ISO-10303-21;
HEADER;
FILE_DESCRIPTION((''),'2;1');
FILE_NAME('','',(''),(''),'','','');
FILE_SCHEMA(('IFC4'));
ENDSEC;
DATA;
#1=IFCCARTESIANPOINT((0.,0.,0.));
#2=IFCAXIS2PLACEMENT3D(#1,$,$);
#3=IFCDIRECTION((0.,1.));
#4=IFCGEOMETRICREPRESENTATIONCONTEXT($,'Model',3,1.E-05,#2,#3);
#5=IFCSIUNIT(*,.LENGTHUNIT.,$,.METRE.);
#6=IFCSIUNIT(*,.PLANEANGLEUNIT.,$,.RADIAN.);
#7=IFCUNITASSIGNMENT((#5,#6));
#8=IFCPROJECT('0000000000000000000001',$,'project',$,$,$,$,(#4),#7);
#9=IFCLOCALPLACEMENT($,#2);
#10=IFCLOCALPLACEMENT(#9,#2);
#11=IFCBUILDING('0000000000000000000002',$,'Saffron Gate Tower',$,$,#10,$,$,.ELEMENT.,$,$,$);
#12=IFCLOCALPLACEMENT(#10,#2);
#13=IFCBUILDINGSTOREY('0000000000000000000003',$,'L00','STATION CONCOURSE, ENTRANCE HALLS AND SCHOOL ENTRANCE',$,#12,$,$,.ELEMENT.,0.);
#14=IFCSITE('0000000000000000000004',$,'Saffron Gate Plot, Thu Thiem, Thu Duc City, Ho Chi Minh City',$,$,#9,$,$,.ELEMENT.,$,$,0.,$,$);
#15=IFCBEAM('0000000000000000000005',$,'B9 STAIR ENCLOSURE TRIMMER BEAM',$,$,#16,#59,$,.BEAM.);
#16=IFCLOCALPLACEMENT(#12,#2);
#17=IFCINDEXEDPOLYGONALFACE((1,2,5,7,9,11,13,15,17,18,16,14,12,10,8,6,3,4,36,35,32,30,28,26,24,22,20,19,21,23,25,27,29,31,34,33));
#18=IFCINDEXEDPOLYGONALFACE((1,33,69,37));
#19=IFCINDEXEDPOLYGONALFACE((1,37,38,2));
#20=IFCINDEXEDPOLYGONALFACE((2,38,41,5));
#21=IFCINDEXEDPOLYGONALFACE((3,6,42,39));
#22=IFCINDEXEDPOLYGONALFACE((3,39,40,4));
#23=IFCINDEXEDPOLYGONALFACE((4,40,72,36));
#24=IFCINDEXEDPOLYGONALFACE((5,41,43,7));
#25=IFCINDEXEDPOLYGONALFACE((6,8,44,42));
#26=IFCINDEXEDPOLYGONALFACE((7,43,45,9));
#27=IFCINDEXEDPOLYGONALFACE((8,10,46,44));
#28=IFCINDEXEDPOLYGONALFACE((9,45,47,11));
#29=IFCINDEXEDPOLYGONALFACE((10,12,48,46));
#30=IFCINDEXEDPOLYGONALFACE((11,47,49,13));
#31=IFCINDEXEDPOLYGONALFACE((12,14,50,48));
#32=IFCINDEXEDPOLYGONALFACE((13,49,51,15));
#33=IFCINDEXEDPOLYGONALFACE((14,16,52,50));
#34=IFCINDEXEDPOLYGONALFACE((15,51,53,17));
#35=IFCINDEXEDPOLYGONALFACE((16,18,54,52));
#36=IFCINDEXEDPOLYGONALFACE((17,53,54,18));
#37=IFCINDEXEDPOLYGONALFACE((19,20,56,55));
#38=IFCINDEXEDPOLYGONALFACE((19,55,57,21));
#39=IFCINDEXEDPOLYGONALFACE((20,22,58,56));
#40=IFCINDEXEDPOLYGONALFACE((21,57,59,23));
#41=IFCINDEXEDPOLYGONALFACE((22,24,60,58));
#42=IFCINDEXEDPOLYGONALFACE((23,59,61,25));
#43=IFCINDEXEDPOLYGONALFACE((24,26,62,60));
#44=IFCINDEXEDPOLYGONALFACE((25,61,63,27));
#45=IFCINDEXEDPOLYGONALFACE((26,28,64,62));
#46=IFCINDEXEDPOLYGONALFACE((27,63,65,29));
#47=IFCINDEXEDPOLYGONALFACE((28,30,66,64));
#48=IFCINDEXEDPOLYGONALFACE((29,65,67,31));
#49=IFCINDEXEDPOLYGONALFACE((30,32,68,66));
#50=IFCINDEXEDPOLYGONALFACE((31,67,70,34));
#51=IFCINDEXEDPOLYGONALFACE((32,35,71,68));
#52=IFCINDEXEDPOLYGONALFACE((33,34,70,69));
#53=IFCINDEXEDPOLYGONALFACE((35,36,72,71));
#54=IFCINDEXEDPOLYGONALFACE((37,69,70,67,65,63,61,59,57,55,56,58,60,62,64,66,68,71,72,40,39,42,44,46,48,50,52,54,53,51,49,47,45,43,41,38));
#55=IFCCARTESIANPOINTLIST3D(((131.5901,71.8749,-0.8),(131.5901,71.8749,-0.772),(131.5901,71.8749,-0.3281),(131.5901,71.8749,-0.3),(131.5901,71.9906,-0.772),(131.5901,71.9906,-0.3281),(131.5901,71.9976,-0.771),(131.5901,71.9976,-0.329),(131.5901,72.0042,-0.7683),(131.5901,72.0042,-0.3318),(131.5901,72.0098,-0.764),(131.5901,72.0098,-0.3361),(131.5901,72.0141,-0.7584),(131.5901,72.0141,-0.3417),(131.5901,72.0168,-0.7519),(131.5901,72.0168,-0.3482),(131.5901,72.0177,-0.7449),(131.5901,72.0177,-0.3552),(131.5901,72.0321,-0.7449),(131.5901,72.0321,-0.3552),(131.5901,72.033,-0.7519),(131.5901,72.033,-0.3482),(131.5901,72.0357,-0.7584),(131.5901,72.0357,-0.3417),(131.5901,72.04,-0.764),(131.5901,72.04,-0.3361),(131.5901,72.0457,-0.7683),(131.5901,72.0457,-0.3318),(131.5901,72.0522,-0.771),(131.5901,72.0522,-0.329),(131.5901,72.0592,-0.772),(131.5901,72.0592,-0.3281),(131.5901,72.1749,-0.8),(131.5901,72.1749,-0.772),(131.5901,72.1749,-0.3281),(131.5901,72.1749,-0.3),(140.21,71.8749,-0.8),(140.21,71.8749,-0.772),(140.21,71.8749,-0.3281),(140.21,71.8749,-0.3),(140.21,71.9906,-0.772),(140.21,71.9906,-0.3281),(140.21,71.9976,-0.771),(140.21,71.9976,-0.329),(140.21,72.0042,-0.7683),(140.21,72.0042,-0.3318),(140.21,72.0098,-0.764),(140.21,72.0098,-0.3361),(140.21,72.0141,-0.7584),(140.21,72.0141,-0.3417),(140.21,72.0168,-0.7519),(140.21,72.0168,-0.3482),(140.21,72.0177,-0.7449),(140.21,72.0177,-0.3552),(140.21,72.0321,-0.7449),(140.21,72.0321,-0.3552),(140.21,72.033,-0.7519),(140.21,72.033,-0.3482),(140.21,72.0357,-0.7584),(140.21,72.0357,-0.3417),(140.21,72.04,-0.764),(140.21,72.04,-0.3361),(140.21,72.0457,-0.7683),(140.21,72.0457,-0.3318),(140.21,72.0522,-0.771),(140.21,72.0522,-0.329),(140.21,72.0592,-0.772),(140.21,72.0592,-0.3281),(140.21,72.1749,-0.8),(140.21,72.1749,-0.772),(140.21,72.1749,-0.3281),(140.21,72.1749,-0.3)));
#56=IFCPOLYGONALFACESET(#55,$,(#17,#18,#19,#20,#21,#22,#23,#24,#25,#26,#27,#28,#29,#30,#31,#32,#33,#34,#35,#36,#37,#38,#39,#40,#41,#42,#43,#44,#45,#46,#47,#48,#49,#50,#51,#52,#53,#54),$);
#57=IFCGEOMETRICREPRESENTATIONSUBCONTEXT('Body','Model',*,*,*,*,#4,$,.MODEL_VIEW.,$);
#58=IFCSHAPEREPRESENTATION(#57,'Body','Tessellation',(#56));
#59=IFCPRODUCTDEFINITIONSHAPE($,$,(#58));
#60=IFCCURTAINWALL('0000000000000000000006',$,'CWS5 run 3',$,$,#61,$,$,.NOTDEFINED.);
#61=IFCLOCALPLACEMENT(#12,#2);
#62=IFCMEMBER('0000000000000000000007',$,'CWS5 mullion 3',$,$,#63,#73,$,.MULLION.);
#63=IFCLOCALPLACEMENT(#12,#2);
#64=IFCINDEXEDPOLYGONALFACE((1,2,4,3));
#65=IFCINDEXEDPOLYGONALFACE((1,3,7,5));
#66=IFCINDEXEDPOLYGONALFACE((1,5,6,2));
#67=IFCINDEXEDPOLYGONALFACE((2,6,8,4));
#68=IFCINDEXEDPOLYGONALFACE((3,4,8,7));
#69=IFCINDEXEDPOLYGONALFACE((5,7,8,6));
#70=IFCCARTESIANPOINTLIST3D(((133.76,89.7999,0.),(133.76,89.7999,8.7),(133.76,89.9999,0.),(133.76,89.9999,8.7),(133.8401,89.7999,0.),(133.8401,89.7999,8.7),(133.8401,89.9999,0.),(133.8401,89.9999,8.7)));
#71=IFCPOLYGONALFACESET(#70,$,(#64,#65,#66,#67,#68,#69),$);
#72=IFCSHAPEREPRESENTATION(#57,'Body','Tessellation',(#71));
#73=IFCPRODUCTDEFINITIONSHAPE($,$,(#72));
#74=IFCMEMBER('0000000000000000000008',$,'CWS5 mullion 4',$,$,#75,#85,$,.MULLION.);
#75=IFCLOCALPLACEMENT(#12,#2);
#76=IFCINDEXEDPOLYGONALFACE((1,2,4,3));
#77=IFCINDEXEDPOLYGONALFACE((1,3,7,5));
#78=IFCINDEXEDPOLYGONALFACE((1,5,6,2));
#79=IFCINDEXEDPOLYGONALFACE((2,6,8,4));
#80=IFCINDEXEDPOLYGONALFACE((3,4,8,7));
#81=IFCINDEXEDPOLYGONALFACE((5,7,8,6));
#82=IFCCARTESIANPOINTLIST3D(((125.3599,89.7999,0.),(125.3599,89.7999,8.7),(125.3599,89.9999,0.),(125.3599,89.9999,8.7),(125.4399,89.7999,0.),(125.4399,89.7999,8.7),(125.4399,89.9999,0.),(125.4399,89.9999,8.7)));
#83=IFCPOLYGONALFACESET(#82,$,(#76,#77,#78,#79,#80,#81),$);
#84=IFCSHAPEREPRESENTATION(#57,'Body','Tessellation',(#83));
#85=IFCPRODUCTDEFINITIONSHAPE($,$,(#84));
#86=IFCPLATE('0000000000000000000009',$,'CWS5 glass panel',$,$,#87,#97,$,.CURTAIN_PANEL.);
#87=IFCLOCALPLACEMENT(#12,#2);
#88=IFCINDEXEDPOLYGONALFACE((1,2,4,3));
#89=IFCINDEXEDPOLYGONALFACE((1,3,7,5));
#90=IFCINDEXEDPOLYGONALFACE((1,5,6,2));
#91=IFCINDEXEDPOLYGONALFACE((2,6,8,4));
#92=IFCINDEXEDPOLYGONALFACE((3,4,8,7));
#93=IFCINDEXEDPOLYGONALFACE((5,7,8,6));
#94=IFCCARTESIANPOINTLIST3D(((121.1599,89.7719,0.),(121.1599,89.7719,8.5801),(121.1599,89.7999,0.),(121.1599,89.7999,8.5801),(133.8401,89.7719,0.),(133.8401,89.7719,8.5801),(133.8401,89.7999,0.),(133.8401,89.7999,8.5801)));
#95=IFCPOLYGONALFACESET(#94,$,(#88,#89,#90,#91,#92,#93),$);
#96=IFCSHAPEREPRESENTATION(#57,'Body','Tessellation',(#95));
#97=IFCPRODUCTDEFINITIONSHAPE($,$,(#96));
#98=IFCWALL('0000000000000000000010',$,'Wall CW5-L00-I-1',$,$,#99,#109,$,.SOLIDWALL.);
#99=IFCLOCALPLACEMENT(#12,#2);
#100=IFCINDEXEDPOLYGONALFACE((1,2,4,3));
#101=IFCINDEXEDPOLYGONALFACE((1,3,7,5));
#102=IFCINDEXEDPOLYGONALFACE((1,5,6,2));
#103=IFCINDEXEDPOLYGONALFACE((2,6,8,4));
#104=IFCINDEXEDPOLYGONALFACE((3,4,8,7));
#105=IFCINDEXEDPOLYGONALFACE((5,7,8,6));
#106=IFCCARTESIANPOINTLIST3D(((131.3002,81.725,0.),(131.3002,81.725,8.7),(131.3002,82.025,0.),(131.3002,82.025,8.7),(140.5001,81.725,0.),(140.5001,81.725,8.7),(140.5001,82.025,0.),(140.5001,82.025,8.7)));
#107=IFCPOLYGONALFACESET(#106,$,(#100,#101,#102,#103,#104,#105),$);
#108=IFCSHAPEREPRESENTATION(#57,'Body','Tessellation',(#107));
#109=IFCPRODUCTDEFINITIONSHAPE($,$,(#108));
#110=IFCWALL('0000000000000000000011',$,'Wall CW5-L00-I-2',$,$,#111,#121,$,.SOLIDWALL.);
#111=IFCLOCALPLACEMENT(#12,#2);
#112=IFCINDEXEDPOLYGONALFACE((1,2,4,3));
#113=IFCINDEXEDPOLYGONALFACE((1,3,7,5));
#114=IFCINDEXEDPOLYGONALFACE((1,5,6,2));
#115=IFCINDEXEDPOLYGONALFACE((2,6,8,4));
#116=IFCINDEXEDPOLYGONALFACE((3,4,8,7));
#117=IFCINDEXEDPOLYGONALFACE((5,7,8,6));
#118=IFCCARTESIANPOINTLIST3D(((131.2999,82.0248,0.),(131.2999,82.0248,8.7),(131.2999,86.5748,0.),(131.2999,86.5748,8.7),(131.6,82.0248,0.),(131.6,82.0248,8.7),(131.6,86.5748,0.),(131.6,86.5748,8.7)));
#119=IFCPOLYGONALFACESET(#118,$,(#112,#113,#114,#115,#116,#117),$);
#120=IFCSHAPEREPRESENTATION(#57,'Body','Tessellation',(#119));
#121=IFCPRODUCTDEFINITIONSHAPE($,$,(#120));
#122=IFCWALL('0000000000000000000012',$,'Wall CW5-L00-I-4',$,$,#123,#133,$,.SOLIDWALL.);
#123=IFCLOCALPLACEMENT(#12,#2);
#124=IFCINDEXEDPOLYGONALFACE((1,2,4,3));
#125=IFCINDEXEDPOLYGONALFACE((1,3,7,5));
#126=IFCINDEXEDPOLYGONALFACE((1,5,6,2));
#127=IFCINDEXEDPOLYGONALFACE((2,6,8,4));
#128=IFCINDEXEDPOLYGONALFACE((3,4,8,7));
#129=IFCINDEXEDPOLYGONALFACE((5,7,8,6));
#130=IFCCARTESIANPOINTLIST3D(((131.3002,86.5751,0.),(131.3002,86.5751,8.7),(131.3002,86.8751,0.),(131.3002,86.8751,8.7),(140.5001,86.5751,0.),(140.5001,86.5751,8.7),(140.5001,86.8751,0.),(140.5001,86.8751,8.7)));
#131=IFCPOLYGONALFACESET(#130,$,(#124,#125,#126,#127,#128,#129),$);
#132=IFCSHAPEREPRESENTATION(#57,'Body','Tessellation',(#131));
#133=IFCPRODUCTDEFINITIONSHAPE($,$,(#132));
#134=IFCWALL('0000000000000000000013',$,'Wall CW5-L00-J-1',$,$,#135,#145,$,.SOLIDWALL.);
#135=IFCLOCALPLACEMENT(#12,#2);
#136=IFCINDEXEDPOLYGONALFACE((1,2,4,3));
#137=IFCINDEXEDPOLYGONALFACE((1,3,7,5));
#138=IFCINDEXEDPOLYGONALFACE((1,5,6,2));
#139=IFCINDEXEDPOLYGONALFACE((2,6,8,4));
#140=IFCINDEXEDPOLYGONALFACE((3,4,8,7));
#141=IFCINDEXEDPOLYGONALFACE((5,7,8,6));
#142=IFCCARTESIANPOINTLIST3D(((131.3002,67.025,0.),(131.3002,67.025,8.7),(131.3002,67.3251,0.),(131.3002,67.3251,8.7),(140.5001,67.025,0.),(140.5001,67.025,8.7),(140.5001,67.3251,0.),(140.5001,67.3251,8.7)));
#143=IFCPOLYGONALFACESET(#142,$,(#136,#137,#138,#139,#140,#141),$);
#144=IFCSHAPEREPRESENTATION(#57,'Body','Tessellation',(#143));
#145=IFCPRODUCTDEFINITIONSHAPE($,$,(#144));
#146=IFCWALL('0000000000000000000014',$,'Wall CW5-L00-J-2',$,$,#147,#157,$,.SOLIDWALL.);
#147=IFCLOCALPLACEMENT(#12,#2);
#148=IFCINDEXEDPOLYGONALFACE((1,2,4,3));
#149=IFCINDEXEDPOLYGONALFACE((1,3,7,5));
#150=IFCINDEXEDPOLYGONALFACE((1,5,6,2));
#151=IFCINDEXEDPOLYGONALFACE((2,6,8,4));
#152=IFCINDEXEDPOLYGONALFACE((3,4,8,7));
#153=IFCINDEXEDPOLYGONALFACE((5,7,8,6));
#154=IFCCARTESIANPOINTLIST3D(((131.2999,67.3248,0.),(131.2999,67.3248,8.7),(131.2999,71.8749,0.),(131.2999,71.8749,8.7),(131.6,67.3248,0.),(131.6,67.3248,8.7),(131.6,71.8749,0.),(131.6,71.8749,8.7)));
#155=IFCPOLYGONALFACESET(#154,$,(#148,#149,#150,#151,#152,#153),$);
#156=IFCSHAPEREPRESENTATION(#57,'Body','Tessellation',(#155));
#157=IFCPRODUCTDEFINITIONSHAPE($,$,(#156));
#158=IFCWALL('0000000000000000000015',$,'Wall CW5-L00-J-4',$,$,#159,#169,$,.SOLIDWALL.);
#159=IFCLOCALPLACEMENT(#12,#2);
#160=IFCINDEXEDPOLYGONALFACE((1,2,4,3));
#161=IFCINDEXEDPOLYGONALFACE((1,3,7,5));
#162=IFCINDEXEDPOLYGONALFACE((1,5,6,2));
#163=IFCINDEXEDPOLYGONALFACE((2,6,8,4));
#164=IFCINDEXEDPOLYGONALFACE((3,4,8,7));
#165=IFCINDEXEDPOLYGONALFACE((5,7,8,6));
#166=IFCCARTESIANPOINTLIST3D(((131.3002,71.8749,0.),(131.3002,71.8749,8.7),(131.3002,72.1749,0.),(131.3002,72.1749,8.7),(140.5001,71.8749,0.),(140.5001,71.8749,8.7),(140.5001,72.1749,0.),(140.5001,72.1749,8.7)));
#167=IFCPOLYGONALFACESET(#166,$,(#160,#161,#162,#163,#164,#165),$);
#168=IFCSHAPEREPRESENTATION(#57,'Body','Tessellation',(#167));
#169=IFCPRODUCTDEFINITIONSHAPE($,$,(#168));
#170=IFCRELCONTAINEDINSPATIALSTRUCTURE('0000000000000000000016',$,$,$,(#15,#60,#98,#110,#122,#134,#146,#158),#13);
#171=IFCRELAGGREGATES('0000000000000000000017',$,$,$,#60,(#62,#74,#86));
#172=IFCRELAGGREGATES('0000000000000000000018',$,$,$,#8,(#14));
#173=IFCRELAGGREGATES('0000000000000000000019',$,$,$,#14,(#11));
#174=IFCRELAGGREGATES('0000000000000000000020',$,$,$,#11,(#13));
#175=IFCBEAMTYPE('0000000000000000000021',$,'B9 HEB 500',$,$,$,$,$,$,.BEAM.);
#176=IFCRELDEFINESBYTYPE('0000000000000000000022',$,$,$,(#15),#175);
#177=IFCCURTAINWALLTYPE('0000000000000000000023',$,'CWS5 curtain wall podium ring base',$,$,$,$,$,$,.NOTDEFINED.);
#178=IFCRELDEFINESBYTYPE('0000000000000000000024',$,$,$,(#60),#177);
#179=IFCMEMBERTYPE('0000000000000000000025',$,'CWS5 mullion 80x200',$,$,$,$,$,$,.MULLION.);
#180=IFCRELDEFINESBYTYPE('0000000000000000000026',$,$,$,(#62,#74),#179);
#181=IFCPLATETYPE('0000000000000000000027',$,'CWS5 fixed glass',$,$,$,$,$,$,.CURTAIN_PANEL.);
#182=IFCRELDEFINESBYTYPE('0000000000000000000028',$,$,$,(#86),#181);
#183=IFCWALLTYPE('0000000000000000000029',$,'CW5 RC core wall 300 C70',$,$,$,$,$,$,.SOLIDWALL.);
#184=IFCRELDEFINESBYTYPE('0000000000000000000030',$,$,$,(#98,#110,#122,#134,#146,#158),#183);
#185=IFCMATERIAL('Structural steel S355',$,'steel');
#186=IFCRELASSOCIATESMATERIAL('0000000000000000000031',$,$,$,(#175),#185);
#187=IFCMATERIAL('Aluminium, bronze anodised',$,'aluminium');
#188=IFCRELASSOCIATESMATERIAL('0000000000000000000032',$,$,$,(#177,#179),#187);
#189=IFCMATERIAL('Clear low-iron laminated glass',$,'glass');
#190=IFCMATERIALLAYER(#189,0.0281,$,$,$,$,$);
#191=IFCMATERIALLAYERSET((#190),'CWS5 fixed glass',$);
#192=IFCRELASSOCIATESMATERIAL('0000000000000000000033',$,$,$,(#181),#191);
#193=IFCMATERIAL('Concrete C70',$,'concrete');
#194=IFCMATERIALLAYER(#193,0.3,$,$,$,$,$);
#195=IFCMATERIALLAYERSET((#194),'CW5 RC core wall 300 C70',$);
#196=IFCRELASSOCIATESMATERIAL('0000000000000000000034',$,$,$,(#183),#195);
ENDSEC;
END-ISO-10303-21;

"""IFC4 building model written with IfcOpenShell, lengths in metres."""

from ifc_helpers import new_model, si_unit, direction, frame, frame_2d, origin, origin_2d, place, context, subcontext, project, spatial, rectangle, i_section, extrude, material, layer, layer_set, material_profile, profile_set, type_object, element, aggregate, save


model = new_model("IFC4")

# Units and contexts
model_context = context("Model", 3, precision=1e-05, world=origin(), true_north=direction((0.0, 1.0)))
body_context = subcontext(model_context, "Body", "Model", "MODEL_VIEW")
ifc_project = project(units=[si_unit("LENGTHUNIT", "METRE"), si_unit("PLANEANGLEUNIT", "RADIAN")], contexts=[model_context])

# Site, building, storey
site_placement = place(None, origin())
site = spatial("IfcSite", under=ifc_project, at=site_placement, Name="Saffron Gate Plot, Thu Thiem, Thu Duc City, Ho Chi Minh City", CompositionType="ELEMENT", RefElevation=0.0)
building_placement = place(site_placement, origin())
building = spatial("IfcBuilding", under=site, at=building_placement, Name="Saffron Gate Tower", CompositionType="ELEMENT")
storey_placement = place(building_placement, origin())
storey = spatial("IfcBuildingStorey", under=building, at=storey_placement, Name="L00", Description="STATION CONCOURSE, ENTRANCE HALLS AND SCHOOL ENTRANCE", CompositionType="ELEMENT", Elevation=0.0)

# Beam
ifc_material_1 = material(Name="Structural steel S355", Category="steel")
ifc_material_profile_1 = material_profile(ifc_material_1, i_section(OverallWidth=0.3, OverallDepth=0.5, WebThickness=0.0144, FlangeThickness=0.0281, FilletRadius=0.0271, at=origin_2d()))
ifc_profile_set_1 = profile_set([ifc_material_profile_1], Name="Structural steel S355")
beam_type_1 = type_object("IfcBeamType", Name="B9 HEB 500", PredefinedType="BEAM", material=ifc_profile_set_1)
for number, where, z_axis, x_axis, name in (
    (1, (131.5901, 72.0249, -0.55), (1.0, 0.0, 0.0), (0.0, 1.0, 0.0), "B9 STAIR ENCLOSURE TRIMMER BEAM"),
):
    element("IfcBeam", number, at=place(storey_placement, frame(where, z_axis=z_axis, x_axis=x_axis)), inside=storey, type_object=beam_type_1, Name=name, PredefinedType="BEAM", context=body_context, shape_type="SweptSolid", body=[
        extrude(i_section(OverallWidth=0.3, OverallDepth=0.5, WebThickness=0.0144, FlangeThickness=0.0281, FilletRadius=0.0271, at=origin_2d()), origin(), (0.0, 0.0, 1.0), 8.6199),
    ])

# Curtain wall, members, plate
ifc_material_2 = material(Name="Aluminium, bronze anodised", Category="aluminium")
curtain_wall_type = type_object("IfcCurtainWallType", Name="CWS5 curtain wall podium ring base", PredefinedType="NOTDEFINED", material=ifc_material_2)
curtain_wall_placement = place(storey_placement, origin())
curtain_wall = element("IfcCurtainWall", 2, at=curtain_wall_placement, inside=storey, type_object=curtain_wall_type, Name="CWS5 run 3", PredefinedType="NOTDEFINED")
ifc_material_profile_2 = material_profile(ifc_material_2, rectangle(XDim=0.2, YDim=0.0801, at=origin_2d()))
ifc_profile_set_2 = profile_set([ifc_material_profile_2], Name="Aluminium, bronze anodised")
member_type = type_object("IfcMemberType", Name="CWS5 mullion 80x200", PredefinedType="MULLION", material=ifc_profile_set_2)
member_1_placement = place(storey_placement, frame((133.8, 89.8999, 0.0), z_axis=(0.0, 0.0, 1.0), x_axis=(0.0, -1.0, 0.0)))
member_1 = element("IfcMember", 3, at=member_1_placement, type_object=member_type, Name="CWS5 mullion 3", PredefinedType="MULLION", context=body_context, shape_type="SweptSolid", body=[
    extrude(rectangle(XDim=0.2, YDim=0.0801, at=origin_2d()), origin(), (0.0, 0.0, 1.0), 8.7),
])
member_2_placement = place(storey_placement, frame((125.3999, 89.8999, 0.0), z_axis=(0.0, 0.0, 1.0), x_axis=(0.0, -1.0, 0.0)))
member_2 = element("IfcMember", 4, at=member_2_placement, type_object=member_type, Name="CWS5 mullion 4", PredefinedType="MULLION", context=body_context, shape_type="SweptSolid", body=[
    extrude(rectangle(XDim=0.2, YDim=0.0801, at=origin_2d()), origin(), (0.0, 0.0, 1.0), 8.7),
])
ifc_material_3 = material(Name="Clear low-iron laminated glass", Category="glass")
ifc_layer_1 = layer(ifc_material_3, 0.0281)
ifc_layer_set_1 = layer_set([ifc_layer_1], Name="CWS5 fixed glass")
plate_type = type_object("IfcPlateType", Name="CWS5 fixed glass", PredefinedType="CURTAIN_PANEL", material=ifc_layer_set_1)
plate_placement = place(storey_placement, frame((133.8401, 89.7859, 0.0), z_axis=(0.0, 0.0, 1.0), x_axis=(-1.0, 0.0, 0.0)))
plate = element("IfcPlate", 5, at=plate_placement, type_object=plate_type, Name="CWS5 glass panel", PredefinedType="CURTAIN_PANEL", context=body_context, shape_type="SweptSolid", body=[
    extrude(rectangle(XDim=12.6802, YDim=0.0281, at=frame_2d((6.3401, 0.0))), origin(), (0.0, 0.0, 1.0), 8.5801),
])
aggregate(curtain_wall, [member_1, member_2, plate])

# Walls
ifc_material_4 = material(Name="Concrete C70", Category="concrete")
ifc_layer_2 = layer(ifc_material_4, 0.3)
ifc_layer_set_2 = layer_set([ifc_layer_2], Name="CW5 RC core wall 300 C70")
wall_type_1 = type_object("IfcWallType", Name="CW5 RC core wall 300 C70", PredefinedType="SOLIDWALL", material=ifc_layer_set_2)
wall_1_placement = place(storey_placement, frame((131.3, 81.875, 0.0), z_axis=(0.0, 0.0, 1.0), x_axis=(1.0, 0.0, 0.0)))
element("IfcWall", 6, at=wall_1_placement, inside=storey, type_object=wall_type_1, Name="Wall CW5-L00-I-1", PredefinedType="SOLIDWALL", context=body_context, shape_type="SweptSolid", body=[
    extrude(rectangle(XDim=9.2, YDim=0.3, at=frame_2d((4.6001, 0.0))), origin(), (0.0, 0.0, 1.0), 8.7),
])
wall_2_placement = place(storey_placement, frame((131.45, 82.0249, 0.0), z_axis=(0.0, 0.0, 1.0), x_axis=(0.0, 1.0, 0.0)))
element("IfcWall", 7, at=wall_2_placement, inside=storey, type_object=wall_type_1, Name="Wall CW5-L00-I-2", PredefinedType="SOLIDWALL", context=body_context, shape_type="SweptSolid", body=[
    extrude(rectangle(XDim=4.55, YDim=0.3, at=frame_2d((2.2749, 0.0))), origin(), (0.0, 0.0, 1.0), 8.7),
])
for number, where, z_axis, x_axis, name in (
    (8, (131.3, 86.7251, 0.0), (0.0, 0.0, 1.0), (1.0, 0.0, 0.0), "Wall CW5-L00-I-4"),
    (9, (131.3, 67.175, 0.0), (0.0, 0.0, 1.0), (1.0, 0.0, 0.0), "Wall CW5-L00-J-1"),
):
    element("IfcWall", number, at=place(storey_placement, frame(where, z_axis=z_axis, x_axis=x_axis)), inside=storey, type_object=wall_type_1, Name=name, PredefinedType="SOLIDWALL", context=body_context, shape_type="SweptSolid", body=[
        extrude(rectangle(XDim=9.2, YDim=0.3, at=frame_2d((4.6001, 0.0))), origin(), (0.0, 0.0, 1.0), 8.7),
    ])
wall_3_placement = place(storey_placement, frame((131.45, 67.325, 0.0), z_axis=(0.0, 0.0, 1.0), x_axis=(0.0, 1.0, 0.0)))
element("IfcWall", 10, at=wall_3_placement, inside=storey, type_object=wall_type_1, Name="Wall CW5-L00-J-2", PredefinedType="SOLIDWALL", context=body_context, shape_type="SweptSolid", body=[
    extrude(rectangle(XDim=4.55, YDim=0.3, at=frame_2d((2.2749, 0.0))), origin(), (0.0, 0.0, 1.0), 8.7),
])
wall_4_placement = place(storey_placement, frame((131.3, 72.0249, 0.0), z_axis=(0.0, 0.0, 1.0), x_axis=(1.0, 0.0, 0.0)))
element("IfcWall", 11, at=wall_4_placement, inside=storey, type_object=wall_type_1, Name="Wall CW5-L00-J-4", PredefinedType="SOLIDWALL", context=body_context, shape_type="SweptSolid", body=[
    extrude(rectangle(XDim=9.2, YDim=0.3, at=frame_2d((4.6001, 0.0))), origin(), (0.0, 0.0, 1.0), 8.7),
])

save(model, "model.ifc")
